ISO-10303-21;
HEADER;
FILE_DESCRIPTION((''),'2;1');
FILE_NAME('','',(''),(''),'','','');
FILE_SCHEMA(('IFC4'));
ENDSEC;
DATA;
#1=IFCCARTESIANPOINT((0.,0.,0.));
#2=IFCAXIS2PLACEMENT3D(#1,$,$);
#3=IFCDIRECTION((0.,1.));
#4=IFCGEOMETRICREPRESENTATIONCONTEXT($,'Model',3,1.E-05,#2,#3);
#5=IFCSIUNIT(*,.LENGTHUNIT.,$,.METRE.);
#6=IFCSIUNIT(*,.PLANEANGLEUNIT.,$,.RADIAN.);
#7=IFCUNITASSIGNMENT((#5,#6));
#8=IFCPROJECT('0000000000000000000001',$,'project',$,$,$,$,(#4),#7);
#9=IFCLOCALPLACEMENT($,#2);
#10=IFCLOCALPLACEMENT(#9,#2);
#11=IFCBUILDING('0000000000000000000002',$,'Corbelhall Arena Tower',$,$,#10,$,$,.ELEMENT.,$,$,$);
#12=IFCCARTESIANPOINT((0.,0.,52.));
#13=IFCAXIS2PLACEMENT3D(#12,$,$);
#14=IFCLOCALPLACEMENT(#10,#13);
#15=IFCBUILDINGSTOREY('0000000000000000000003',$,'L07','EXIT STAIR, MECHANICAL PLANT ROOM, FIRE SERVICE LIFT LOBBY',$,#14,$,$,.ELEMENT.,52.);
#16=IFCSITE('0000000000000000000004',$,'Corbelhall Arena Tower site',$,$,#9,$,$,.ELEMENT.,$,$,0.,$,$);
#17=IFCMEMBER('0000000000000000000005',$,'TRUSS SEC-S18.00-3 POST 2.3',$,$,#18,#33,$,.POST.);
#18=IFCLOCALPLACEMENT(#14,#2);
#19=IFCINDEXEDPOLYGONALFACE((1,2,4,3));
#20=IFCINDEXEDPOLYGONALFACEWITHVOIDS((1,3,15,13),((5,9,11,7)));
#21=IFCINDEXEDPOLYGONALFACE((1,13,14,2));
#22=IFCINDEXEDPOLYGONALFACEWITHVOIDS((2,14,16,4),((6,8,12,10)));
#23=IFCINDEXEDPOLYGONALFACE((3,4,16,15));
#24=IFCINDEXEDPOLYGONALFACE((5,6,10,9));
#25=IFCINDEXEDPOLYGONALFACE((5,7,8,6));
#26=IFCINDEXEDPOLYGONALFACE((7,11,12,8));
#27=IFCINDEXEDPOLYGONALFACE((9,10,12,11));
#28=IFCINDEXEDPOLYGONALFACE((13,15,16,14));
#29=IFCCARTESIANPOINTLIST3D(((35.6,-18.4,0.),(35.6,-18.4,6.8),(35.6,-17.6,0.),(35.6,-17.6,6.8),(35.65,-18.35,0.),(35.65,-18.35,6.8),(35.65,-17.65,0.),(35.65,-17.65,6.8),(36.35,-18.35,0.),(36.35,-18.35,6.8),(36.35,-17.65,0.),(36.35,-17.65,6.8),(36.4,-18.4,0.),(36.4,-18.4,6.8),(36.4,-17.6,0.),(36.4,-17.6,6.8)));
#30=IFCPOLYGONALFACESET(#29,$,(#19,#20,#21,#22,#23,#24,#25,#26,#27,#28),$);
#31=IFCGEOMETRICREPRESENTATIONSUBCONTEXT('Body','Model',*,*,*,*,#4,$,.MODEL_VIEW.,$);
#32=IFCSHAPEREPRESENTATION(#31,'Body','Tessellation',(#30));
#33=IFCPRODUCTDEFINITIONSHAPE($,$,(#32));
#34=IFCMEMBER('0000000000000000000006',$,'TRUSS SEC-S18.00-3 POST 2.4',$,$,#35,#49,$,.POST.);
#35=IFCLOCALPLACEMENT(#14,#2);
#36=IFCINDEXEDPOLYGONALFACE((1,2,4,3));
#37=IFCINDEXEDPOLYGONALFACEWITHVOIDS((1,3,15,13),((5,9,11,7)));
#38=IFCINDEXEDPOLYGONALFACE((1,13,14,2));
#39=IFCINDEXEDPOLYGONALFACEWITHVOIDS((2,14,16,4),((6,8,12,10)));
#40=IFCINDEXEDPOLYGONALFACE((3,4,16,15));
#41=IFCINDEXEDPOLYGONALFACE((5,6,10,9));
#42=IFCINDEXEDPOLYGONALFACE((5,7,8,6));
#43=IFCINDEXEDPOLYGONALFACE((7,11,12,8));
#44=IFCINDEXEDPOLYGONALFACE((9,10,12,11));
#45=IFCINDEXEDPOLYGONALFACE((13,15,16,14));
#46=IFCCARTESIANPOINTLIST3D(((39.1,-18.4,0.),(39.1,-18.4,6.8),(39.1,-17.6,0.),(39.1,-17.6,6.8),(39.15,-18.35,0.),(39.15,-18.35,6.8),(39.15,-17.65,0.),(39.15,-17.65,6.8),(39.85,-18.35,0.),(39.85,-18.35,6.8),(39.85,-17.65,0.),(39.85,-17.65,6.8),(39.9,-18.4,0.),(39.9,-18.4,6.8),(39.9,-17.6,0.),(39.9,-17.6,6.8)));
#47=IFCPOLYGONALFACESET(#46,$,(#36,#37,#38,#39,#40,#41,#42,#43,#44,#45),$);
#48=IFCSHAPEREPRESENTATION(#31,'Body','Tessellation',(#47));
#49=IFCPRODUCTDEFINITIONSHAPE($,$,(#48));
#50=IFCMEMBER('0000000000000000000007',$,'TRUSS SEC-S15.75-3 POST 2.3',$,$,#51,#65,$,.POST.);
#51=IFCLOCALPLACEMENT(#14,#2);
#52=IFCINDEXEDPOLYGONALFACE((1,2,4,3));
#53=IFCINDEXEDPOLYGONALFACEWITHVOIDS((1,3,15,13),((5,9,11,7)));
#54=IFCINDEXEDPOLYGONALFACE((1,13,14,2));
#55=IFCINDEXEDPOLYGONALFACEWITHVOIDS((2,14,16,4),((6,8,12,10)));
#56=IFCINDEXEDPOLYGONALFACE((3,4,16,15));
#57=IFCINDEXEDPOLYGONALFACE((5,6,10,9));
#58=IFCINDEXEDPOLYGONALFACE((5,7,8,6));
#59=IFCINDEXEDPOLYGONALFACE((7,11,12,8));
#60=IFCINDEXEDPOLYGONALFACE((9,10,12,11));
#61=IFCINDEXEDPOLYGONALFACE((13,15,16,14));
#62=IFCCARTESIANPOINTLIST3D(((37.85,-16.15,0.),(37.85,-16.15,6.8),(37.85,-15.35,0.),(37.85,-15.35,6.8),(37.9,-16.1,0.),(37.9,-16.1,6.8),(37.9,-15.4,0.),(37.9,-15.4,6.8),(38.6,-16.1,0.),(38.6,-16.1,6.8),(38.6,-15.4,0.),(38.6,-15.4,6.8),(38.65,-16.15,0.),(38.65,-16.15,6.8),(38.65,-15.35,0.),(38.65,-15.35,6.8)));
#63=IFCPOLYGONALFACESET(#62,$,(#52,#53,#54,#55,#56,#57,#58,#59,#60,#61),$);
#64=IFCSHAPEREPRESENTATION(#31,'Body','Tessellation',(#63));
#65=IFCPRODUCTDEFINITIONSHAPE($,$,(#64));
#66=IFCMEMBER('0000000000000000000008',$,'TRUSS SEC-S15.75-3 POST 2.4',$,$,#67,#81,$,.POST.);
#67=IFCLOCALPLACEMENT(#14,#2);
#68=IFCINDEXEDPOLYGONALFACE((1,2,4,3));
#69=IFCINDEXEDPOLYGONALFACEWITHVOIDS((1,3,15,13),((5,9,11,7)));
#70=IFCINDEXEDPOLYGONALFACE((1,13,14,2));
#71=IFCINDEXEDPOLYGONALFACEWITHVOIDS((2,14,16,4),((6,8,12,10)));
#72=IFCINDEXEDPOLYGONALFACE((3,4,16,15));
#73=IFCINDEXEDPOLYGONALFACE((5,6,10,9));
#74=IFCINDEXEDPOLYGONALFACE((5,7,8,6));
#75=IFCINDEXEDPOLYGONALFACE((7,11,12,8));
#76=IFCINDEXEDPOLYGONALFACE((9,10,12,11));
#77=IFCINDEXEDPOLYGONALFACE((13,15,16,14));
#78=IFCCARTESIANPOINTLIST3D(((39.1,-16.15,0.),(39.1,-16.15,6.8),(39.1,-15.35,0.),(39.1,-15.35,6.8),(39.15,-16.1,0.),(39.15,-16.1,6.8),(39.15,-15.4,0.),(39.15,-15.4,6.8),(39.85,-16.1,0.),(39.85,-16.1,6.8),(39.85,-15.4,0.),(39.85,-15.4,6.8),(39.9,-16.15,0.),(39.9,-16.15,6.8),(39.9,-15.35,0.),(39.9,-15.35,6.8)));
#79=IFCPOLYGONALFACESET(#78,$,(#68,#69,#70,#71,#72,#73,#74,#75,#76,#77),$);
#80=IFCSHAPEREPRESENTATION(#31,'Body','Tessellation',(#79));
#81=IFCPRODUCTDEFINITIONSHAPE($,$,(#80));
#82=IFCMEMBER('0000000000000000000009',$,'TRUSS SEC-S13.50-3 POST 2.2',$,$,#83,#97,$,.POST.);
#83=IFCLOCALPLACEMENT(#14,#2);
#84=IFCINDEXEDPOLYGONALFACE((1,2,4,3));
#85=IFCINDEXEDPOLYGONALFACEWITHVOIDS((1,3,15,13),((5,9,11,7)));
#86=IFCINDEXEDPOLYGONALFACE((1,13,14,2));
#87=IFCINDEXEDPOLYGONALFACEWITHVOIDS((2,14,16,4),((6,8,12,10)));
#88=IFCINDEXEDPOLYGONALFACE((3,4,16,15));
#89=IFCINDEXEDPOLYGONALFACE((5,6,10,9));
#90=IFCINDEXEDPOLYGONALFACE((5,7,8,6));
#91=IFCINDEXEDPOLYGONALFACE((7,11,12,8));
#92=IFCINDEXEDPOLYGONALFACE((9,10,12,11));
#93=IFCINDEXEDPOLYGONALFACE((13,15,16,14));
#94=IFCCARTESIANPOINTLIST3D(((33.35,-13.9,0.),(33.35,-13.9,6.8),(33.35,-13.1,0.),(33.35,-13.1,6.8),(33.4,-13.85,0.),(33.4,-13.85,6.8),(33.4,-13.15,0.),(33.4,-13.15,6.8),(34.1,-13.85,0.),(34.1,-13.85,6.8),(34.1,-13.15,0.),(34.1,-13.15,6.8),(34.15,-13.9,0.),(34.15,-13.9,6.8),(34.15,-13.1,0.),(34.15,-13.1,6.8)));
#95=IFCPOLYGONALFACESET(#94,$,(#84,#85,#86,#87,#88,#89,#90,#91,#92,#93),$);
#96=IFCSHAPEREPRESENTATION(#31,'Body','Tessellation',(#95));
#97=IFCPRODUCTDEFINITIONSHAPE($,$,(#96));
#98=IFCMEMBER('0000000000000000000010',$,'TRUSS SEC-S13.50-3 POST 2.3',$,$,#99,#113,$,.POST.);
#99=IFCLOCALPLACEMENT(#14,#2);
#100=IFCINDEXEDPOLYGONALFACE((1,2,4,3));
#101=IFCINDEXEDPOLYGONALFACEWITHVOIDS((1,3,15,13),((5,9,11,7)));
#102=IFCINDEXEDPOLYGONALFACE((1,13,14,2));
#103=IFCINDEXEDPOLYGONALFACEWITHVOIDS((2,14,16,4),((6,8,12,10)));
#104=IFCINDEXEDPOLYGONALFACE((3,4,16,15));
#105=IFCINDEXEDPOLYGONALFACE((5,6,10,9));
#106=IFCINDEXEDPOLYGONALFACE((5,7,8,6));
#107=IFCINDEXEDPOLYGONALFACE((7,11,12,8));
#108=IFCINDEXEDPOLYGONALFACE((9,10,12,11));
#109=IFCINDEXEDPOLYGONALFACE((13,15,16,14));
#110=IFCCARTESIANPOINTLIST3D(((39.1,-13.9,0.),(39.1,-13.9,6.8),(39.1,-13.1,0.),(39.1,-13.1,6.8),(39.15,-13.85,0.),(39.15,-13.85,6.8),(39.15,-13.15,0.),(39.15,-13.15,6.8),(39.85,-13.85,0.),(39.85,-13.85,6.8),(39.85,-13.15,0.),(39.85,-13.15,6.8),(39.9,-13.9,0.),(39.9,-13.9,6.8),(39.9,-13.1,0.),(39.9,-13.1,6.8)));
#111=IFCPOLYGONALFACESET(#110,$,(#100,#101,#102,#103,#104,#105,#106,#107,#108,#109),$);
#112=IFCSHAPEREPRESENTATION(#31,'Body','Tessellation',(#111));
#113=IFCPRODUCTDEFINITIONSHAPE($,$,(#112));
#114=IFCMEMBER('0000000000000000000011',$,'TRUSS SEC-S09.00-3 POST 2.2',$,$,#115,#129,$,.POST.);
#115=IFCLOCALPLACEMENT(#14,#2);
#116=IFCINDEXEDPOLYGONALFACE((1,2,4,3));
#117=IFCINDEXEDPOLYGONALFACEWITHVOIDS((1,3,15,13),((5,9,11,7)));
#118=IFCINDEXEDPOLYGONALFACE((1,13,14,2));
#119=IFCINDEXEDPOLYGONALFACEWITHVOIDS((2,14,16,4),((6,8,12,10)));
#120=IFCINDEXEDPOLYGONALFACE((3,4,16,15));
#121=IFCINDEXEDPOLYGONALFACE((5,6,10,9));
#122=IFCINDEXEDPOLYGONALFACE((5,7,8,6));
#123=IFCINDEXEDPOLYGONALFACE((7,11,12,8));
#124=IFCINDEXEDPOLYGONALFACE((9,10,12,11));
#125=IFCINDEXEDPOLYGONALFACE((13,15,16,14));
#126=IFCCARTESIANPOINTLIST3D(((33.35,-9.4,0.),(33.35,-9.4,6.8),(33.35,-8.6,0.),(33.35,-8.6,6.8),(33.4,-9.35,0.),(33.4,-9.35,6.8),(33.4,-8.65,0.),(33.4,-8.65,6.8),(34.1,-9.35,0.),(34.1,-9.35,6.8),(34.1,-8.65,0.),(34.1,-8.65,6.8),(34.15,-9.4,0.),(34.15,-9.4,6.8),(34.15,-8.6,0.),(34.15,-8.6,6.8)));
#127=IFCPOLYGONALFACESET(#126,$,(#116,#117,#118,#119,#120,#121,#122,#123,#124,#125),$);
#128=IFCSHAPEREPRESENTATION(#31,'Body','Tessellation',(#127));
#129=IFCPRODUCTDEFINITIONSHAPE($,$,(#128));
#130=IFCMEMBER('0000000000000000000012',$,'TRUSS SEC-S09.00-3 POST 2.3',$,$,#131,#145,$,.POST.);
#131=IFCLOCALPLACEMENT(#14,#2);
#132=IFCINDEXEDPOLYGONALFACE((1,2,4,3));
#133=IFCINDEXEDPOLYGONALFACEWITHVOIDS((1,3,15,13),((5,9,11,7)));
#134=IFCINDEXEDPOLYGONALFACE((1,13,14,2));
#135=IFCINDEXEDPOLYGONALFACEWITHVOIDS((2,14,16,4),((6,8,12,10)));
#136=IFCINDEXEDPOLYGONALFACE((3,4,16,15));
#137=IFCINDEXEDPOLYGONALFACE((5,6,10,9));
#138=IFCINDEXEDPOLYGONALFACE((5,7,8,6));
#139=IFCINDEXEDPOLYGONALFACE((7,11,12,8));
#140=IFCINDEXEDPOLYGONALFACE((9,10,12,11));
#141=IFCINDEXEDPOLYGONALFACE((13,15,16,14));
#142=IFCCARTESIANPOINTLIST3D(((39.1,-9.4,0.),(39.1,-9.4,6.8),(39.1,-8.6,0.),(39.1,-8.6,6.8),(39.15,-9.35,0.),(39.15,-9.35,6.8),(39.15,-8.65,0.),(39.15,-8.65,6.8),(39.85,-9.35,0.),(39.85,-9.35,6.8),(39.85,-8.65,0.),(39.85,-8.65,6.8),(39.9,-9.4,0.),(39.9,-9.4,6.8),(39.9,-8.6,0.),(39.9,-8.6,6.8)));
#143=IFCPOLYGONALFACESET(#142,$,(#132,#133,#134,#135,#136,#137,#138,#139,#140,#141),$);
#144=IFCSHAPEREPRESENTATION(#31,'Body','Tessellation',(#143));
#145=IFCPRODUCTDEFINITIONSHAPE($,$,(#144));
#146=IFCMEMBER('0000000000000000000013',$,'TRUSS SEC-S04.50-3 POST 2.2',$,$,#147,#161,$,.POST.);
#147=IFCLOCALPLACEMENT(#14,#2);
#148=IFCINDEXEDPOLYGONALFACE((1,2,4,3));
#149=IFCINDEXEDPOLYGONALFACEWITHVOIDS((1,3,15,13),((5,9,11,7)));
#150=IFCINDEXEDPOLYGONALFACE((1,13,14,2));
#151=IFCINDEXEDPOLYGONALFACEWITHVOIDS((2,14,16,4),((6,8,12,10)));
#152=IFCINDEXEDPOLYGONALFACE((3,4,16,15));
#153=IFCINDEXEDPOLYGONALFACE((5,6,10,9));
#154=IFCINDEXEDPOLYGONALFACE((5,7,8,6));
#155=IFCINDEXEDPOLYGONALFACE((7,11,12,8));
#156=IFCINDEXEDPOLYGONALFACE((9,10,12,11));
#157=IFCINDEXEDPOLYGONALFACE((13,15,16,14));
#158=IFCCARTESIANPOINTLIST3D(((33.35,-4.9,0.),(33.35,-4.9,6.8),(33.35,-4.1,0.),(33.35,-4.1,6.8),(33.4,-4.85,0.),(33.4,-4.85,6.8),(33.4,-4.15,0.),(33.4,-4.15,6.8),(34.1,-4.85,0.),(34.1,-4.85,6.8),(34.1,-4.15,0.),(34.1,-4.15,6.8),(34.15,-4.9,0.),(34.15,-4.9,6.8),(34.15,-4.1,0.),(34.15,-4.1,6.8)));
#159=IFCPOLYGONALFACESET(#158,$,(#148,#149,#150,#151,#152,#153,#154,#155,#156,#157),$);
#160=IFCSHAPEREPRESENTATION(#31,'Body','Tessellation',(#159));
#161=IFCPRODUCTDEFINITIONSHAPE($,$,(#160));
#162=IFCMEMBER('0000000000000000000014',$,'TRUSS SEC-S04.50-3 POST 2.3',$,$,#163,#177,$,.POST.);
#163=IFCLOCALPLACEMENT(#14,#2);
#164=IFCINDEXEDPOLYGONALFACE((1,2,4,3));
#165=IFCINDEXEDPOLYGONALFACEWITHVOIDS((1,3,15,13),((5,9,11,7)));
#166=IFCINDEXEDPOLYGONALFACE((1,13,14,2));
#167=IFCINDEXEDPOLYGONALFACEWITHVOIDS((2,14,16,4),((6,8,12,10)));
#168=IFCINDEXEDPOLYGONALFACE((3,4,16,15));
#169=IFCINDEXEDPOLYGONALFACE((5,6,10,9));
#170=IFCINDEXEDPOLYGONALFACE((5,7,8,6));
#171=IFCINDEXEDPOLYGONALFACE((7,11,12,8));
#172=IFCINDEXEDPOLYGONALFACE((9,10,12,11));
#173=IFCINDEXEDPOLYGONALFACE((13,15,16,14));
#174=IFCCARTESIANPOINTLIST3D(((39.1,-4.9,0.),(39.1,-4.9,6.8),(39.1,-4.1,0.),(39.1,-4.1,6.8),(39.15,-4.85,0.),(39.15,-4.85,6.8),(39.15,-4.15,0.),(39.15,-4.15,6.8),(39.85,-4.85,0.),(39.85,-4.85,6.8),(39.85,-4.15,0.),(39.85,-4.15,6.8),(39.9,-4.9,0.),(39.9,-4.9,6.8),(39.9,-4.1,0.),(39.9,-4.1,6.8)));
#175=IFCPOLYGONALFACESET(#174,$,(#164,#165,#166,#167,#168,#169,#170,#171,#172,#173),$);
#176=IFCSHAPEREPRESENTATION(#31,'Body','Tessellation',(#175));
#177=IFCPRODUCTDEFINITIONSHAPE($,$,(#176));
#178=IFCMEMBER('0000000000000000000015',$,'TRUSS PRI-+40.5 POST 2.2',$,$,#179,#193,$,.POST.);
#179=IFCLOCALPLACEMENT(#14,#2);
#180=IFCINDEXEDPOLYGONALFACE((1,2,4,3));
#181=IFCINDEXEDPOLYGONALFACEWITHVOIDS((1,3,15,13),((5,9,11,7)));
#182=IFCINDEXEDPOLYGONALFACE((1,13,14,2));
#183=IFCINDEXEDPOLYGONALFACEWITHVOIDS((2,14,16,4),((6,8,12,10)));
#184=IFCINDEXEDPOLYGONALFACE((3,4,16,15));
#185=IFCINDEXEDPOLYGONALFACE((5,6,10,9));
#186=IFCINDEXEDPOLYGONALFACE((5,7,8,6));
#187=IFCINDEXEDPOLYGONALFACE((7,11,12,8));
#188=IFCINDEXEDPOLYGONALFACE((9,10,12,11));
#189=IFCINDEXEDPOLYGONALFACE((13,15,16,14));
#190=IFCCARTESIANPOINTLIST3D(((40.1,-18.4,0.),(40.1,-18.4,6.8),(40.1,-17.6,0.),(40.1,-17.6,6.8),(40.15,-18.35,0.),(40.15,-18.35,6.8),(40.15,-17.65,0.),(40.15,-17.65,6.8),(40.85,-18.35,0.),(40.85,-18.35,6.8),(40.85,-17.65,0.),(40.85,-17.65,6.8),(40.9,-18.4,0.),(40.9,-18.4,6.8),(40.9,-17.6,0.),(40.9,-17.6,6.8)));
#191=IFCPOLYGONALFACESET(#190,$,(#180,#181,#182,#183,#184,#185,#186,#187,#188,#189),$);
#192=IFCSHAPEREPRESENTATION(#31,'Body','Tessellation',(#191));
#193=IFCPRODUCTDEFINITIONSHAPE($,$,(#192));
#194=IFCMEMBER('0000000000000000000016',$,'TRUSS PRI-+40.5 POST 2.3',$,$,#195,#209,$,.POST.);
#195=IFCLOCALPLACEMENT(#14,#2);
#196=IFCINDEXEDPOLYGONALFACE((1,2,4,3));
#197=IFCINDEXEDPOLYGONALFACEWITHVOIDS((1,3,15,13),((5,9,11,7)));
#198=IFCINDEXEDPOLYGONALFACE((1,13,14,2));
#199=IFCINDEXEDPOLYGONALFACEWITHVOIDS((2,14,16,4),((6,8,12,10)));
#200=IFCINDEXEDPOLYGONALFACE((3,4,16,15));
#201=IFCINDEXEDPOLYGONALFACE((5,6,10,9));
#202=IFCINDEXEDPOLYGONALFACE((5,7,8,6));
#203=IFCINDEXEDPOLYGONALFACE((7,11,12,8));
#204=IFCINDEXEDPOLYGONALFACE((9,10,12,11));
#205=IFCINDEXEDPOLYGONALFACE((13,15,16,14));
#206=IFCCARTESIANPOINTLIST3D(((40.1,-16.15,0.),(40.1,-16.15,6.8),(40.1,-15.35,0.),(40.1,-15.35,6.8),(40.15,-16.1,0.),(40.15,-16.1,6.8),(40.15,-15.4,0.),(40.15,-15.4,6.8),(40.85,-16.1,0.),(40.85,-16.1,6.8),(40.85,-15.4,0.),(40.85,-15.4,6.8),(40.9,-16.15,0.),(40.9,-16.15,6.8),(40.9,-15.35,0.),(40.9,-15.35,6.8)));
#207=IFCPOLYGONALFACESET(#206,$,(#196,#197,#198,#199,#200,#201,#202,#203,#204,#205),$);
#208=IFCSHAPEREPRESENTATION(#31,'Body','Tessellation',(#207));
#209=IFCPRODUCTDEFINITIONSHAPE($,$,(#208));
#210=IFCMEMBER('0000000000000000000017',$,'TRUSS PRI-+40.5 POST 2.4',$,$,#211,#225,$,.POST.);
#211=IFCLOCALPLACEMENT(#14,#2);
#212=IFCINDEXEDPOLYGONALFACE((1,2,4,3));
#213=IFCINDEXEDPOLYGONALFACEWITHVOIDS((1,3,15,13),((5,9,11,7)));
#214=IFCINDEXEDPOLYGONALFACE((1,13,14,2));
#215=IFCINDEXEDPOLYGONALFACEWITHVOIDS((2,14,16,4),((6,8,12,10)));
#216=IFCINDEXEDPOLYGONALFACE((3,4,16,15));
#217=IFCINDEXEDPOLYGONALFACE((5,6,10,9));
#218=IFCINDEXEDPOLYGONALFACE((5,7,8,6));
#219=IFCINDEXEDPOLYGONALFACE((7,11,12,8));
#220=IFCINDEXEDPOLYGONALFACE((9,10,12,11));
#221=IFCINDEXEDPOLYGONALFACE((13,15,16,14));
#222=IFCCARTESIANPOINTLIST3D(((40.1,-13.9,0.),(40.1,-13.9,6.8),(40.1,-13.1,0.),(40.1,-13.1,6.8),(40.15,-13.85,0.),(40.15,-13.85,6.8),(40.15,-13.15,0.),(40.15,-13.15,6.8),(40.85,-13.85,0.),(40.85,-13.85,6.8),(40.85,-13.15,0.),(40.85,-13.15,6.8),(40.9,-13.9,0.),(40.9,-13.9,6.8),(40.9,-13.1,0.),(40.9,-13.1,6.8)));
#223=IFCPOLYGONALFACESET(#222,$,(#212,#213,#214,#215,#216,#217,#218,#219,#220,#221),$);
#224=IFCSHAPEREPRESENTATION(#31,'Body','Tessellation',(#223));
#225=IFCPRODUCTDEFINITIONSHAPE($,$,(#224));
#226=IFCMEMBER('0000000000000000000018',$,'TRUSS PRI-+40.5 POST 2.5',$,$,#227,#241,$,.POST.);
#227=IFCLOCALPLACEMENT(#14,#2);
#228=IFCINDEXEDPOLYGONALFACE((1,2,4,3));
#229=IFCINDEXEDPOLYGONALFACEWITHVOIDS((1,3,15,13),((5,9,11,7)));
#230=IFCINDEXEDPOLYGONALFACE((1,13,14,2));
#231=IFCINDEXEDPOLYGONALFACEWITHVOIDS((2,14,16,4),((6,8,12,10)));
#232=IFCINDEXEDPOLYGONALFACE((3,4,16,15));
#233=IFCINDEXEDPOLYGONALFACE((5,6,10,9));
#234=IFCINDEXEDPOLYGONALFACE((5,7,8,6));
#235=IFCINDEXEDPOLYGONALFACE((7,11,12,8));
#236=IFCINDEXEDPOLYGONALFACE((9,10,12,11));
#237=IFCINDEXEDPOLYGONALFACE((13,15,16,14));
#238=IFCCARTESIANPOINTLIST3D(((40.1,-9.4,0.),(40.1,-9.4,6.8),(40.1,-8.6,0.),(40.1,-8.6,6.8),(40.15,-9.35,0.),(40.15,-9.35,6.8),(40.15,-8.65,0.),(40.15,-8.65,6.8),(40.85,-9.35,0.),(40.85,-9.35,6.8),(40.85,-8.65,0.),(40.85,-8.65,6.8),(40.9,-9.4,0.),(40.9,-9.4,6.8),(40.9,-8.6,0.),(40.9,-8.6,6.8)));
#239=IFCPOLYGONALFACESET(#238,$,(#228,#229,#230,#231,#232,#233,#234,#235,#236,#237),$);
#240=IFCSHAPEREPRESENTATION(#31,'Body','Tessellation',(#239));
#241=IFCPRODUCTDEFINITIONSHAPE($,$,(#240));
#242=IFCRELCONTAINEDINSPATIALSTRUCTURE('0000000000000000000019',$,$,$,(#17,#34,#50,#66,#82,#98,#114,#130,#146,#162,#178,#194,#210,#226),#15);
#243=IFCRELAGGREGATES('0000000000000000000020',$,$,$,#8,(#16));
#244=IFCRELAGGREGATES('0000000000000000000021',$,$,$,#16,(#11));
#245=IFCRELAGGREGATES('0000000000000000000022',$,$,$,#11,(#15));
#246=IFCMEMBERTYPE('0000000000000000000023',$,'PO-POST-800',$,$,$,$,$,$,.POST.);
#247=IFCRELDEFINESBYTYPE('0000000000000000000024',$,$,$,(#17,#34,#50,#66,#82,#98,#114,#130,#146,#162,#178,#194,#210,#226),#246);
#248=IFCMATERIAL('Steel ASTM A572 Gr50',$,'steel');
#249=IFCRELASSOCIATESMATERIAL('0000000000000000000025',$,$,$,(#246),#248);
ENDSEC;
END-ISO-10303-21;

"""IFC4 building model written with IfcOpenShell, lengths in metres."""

from ifc_helpers import new_model, si_unit, direction, frame, origin, origin_2d, place, context, subcontext, project, spatial, hollow_rectangle, extrude, material, material_profile, profile_set, type_object, element, save


model = new_model("IFC4")

# Units and contexts
model_context = context("Model", 3, precision=1e-05, world=origin(), true_north=direction((0.0, 1.0)))
body_context = subcontext(model_context, "Body", "Model", "MODEL_VIEW")
ifc_project = project(units=[si_unit("LENGTHUNIT", "METRE"), si_unit("PLANEANGLEUNIT", "RADIAN")], contexts=[model_context])

# Site, building, storey
site_placement = place(None, origin())
site = spatial("IfcSite", under=ifc_project, at=site_placement, Name="Corbelhall Arena Tower site", CompositionType="ELEMENT", RefElevation=0.0)
building_placement = place(site_placement, origin())
building = spatial("IfcBuilding", under=site, at=building_placement, Name="Corbelhall Arena Tower", CompositionType="ELEMENT")
storey_placement = place(building_placement, frame((0.0, 0.0, 52.0)))
storey = spatial("IfcBuildingStorey", under=building, at=storey_placement, Name="L07", Description="EXIT STAIR, MECHANICAL PLANT ROOM, FIRE SERVICE LIFT LOBBY", CompositionType="ELEMENT", Elevation=52.0)

# Members
ifc_material_1 = material(Name="Steel ASTM A572 Gr50", Category="steel")
ifc_material_profile_1 = material_profile(ifc_material_1, hollow_rectangle(XDim=0.8, YDim=0.8, WallThickness=0.05, at=origin_2d()))
ifc_profile_set_1 = profile_set([ifc_material_profile_1], Name="Steel ASTM A572 Gr50")
member_type_1 = type_object("IfcMemberType", Name="PO-POST-800", PredefinedType="POST", material=ifc_profile_set_1)
for number, where, z_axis, x_axis, name in (
    (1, (36.0, -18.0, 0.0), (0.0, 0.0, 1.0), (1.0, 0.0, 0.0), "TRUSS SEC-S18.00-3 POST 2.3"),
    (2, (39.5, -18.0, 0.0), (0.0, 0.0, 1.0), (1.0, 0.0, 0.0), "TRUSS SEC-S18.00-3 POST 2.4"),
    (3, (38.25, -15.75, 0.0), (0.0, 0.0, 1.0), (1.0, 0.0, 0.0), "TRUSS SEC-S15.75-3 POST 2.3"),
    (4, (39.5, -15.75, 0.0), (0.0, 0.0, 1.0), (1.0, 0.0, 0.0), "TRUSS SEC-S15.75-3 POST 2.4"),
    (5, (33.75, -13.5, 0.0), (0.0, 0.0, 1.0), (1.0, 0.0, 0.0), "TRUSS SEC-S13.50-3 POST 2.2"),
    (6, (39.5, -13.5, 0.0), (0.0, 0.0, 1.0), (1.0, 0.0, 0.0), "TRUSS SEC-S13.50-3 POST 2.3"),
    (7, (33.75, -9.0, 0.0), (0.0, 0.0, 1.0), (1.0, 0.0, 0.0), "TRUSS SEC-S09.00-3 POST 2.2"),
    (8, (39.5, -9.0, 0.0), (0.0, 0.0, 1.0), (1.0, 0.0, 0.0), "TRUSS SEC-S09.00-3 POST 2.3"),
    (9, (33.75, -4.5, 0.0), (0.0, 0.0, 1.0), (1.0, 0.0, 0.0), "TRUSS SEC-S04.50-3 POST 2.2"),
    (10, (39.5, -4.5, 0.0), (0.0, 0.0, 1.0), (1.0, 0.0, 0.0), "TRUSS SEC-S04.50-3 POST 2.3"),
    (11, (40.5, -18.0, 0.0), (0.0, 0.0, 1.0), (1.0, 0.0, 0.0), "TRUSS PRI-+40.5 POST 2.2"),
    (12, (40.5, -15.75, 0.0), (0.0, 0.0, 1.0), (1.0, 0.0, 0.0), "TRUSS PRI-+40.5 POST 2.3"),
    (13, (40.5, -13.5, 0.0), (0.0, 0.0, 1.0), (1.0, 0.0, 0.0), "TRUSS PRI-+40.5 POST 2.4"),
    (14, (40.5, -9.0, 0.0), (0.0, 0.0, 1.0), (1.0, 0.0, 0.0), "TRUSS PRI-+40.5 POST 2.5"),
):
    element("IfcMember", number, at=place(storey_placement, frame(where, z_axis=z_axis, x_axis=x_axis)), inside=storey, type_object=member_type_1, Name=name, PredefinedType="POST", context=body_context, shape_type="SweptSolid", body=[
        extrude(hollow_rectangle(XDim=0.8, YDim=0.8, WallThickness=0.05, at=origin_2d()), origin(), (0.0, 0.0, 1.0), 6.8),
    ])

save(model, "model.ifc")
